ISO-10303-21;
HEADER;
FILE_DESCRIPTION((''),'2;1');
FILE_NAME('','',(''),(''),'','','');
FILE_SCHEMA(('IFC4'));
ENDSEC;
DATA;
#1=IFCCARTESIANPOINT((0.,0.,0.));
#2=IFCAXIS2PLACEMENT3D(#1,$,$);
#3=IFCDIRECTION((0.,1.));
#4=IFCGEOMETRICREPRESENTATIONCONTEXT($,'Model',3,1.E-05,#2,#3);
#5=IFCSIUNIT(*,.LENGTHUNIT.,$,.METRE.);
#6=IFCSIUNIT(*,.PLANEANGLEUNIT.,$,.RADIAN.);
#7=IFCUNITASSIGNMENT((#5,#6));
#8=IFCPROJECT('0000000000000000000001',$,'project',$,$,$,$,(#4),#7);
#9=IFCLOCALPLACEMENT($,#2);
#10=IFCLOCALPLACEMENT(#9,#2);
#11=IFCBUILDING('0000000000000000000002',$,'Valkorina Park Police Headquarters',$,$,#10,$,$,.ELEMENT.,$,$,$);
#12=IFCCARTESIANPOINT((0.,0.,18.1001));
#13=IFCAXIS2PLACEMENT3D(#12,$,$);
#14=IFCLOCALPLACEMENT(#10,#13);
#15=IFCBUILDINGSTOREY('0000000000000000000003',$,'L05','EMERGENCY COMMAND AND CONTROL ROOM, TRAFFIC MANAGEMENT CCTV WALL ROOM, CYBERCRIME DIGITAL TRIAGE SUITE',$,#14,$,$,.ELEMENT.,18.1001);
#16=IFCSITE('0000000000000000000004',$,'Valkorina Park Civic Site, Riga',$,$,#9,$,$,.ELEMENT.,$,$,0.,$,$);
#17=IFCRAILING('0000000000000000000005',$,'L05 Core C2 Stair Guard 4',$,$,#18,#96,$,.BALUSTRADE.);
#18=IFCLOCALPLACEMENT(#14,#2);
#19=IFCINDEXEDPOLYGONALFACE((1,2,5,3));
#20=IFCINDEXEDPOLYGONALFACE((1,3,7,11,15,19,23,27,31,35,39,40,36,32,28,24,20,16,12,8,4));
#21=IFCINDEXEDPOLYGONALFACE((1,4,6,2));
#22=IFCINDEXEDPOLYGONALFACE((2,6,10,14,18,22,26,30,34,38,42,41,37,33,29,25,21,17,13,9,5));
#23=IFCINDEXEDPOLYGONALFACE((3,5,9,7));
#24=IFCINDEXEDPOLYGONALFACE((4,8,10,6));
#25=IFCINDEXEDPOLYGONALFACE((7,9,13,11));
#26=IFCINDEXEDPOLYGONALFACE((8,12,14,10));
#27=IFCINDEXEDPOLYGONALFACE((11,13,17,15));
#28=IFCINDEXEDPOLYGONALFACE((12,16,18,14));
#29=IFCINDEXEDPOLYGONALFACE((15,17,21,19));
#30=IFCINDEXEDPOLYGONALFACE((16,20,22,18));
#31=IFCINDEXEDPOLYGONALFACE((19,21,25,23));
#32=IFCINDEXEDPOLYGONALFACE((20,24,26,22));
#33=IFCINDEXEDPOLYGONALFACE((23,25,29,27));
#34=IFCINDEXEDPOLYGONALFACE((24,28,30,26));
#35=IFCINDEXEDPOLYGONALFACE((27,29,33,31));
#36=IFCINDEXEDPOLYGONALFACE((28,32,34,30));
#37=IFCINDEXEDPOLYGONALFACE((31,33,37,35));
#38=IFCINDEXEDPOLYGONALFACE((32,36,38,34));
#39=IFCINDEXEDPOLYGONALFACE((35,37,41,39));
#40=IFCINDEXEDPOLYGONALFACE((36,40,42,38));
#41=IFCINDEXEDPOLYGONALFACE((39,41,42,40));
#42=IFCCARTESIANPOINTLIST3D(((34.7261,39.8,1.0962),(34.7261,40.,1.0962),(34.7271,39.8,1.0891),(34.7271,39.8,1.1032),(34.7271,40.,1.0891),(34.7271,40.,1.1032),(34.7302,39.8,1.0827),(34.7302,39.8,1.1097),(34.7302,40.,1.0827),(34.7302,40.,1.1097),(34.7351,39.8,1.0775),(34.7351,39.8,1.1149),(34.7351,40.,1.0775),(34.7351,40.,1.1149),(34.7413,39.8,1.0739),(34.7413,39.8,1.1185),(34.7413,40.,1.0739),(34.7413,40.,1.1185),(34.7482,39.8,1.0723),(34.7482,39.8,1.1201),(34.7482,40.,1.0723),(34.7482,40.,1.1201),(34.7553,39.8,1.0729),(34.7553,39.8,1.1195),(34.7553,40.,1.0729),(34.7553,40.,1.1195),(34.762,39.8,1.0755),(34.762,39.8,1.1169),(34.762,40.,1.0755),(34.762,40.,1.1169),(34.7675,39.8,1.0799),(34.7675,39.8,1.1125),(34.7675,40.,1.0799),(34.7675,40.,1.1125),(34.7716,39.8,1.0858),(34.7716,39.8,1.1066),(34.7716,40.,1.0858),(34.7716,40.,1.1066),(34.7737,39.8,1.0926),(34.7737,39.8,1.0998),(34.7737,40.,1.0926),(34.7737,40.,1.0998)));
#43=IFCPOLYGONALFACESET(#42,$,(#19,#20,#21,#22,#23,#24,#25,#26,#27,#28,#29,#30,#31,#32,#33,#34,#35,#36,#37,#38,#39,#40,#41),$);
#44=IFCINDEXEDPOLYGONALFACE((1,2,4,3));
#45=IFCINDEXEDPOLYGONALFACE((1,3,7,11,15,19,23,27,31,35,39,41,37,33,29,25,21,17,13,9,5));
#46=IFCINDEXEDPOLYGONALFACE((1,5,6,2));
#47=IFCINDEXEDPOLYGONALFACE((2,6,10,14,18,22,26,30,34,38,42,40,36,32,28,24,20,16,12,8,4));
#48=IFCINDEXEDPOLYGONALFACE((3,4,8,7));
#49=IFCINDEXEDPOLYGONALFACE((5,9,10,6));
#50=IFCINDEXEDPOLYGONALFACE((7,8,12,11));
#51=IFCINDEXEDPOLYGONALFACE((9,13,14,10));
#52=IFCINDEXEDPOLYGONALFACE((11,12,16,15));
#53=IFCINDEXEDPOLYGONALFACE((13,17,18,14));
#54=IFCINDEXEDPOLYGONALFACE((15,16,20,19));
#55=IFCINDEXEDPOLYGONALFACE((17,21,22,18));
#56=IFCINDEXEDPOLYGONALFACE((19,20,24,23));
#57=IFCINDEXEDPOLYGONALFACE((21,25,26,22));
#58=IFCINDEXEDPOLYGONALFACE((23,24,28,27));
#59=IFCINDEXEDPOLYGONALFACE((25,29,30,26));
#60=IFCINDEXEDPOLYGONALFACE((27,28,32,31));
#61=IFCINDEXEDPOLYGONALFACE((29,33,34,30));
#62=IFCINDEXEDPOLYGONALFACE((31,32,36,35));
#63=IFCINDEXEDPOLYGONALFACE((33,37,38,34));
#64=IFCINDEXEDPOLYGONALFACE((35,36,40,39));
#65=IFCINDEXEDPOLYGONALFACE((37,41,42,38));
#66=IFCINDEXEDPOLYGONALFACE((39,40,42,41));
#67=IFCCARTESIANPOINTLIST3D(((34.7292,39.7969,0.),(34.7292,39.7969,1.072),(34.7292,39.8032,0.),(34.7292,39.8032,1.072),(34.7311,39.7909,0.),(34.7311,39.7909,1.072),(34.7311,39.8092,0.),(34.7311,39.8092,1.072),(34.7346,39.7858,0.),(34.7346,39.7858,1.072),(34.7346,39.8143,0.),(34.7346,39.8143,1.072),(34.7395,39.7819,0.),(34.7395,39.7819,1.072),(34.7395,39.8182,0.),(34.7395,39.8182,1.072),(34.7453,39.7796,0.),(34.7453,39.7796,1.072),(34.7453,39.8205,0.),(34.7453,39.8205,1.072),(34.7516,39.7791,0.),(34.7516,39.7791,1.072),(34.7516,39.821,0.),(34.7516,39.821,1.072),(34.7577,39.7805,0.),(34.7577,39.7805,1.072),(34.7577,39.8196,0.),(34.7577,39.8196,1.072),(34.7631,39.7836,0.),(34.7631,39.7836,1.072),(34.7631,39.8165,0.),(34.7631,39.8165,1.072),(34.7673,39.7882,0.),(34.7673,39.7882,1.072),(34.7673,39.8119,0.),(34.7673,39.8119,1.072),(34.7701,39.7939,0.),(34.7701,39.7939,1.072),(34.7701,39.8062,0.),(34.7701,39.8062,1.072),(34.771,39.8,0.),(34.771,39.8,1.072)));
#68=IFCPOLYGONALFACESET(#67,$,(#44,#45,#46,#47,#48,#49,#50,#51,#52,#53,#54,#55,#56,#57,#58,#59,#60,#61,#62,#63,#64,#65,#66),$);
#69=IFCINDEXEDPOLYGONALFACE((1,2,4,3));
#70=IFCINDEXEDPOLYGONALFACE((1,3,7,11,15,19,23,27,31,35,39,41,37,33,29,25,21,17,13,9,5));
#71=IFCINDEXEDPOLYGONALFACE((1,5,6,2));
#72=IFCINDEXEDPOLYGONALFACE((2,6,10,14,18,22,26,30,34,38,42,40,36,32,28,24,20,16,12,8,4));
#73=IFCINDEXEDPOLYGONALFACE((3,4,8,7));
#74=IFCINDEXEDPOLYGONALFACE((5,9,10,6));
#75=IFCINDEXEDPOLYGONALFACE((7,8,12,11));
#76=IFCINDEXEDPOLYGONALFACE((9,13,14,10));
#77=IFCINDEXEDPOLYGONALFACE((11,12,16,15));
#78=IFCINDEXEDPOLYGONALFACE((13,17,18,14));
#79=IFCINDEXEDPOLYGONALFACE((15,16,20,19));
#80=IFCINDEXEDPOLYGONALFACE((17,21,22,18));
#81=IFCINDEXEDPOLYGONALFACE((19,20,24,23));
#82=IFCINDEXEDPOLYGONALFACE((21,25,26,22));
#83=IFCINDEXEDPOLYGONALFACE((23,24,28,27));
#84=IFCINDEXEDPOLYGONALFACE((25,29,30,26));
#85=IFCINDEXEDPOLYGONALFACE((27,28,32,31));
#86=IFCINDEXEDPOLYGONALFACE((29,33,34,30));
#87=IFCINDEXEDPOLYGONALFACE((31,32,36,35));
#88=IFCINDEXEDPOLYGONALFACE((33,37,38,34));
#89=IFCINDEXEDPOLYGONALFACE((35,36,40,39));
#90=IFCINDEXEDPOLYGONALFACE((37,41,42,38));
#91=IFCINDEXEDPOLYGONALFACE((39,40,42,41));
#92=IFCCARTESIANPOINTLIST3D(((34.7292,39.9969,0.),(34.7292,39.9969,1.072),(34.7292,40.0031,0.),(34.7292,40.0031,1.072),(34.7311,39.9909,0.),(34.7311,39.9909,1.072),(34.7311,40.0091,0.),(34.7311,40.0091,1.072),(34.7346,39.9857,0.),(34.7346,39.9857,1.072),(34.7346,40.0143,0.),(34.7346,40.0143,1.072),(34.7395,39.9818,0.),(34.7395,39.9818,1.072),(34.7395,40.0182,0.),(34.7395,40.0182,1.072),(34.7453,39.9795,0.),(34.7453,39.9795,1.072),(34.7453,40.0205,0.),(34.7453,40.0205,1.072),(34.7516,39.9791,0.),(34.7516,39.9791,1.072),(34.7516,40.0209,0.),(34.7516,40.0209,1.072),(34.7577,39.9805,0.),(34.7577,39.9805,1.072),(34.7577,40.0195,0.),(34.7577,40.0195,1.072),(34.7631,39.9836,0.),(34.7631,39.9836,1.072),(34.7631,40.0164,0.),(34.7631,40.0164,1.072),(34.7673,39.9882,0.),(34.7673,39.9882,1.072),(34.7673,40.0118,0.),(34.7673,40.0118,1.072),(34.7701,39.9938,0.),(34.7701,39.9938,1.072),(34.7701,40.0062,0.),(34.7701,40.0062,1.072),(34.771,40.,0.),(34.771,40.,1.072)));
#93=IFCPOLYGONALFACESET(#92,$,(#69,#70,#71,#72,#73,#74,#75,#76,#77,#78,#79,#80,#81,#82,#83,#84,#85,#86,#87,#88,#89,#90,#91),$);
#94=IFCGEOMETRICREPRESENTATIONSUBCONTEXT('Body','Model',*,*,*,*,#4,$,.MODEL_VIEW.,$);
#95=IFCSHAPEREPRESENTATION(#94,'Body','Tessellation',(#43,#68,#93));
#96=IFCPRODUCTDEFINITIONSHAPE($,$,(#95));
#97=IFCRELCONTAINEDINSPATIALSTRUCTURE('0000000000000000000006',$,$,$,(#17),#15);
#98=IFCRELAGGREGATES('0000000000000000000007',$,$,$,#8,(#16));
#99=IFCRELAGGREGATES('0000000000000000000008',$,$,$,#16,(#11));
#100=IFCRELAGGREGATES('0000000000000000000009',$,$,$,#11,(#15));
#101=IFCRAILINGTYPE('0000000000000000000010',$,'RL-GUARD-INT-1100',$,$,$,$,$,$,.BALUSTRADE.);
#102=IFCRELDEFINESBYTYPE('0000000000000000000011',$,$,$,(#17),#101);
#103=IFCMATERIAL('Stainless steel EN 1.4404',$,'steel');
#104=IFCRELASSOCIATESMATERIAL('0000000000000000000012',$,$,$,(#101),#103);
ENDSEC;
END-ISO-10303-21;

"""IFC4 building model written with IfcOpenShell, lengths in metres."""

from ifc_helpers import new_model, si_unit, direction, frame, origin, origin_2d, place, context, subcontext, project, spatial, circle, extrude, material, type_object, element, save


model = new_model("IFC4")

# Units and contexts
model_context = context("Model", 3, precision=1e-05, world=origin(), true_north=direction((0.0, 1.0)))
body_context = subcontext(model_context, "Body", "Model", "MODEL_VIEW")
ifc_project = project(units=[si_unit("LENGTHUNIT", "METRE"), si_unit("PLANEANGLEUNIT", "RADIAN")], contexts=[model_context])

# Site, building, storey
site_placement = place(None, origin())
site = spatial("IfcSite", under=ifc_project, at=site_placement, Name="Valkorina Park Civic Site, Riga", CompositionType="ELEMENT", RefElevation=0.0)
building_placement = place(site_placement, origin())
building = spatial("IfcBuilding", under=site, at=building_placement, Name="Valkorina Park Police Headquarters", CompositionType="ELEMENT")
storey_placement = place(building_placement, frame((0.0, 0.0, 18.1001)))
storey = spatial("IfcBuildingStorey", under=building, at=storey_placement, Name="L05", Description="EMERGENCY COMMAND AND CONTROL ROOM, TRAFFIC MANAGEMENT CCTV WALL ROOM, CYBERCRIME DIGITAL TRIAGE SUITE", CompositionType="ELEMENT", Elevation=18.1001)

# Railing
ifc_material_1 = material(Name="Stainless steel EN 1.4404", Category="steel")
railing_type_1 = type_object("IfcRailingType", Name="RL-GUARD-INT-1100", PredefinedType="BALUSTRADE", material=ifc_material_1)
railing_1_placement = place(storey_placement, frame((34.75, 39.8, 0.0)))
element("IfcRailing", 1, at=railing_1_placement, inside=storey, type_object=railing_type_1, Name="L05 Core C2 Stair Guard 4", PredefinedType="BALUSTRADE", context=body_context, shape_type="SweptSolid", body=[
    extrude(circle(Radius=0.0239, at=origin_2d()), frame((0.0, 0.0, 1.0962), z_axis=(0.0, 1.0, 0.0), x_axis=(-1.0, 0.0, 0.0)), (0.0, 0.0, 1.0), 0.2),
    extrude(circle(Radius=0.021, at=origin_2d()), origin(), (0.0, 0.0, 1.0), 1.072),
    extrude(circle(Radius=0.021, at=origin_2d()), frame((0.0, 0.2, 0.0)), (0.0, 0.0, 1.0), 1.072),
])

save(model, "model.ifc")
